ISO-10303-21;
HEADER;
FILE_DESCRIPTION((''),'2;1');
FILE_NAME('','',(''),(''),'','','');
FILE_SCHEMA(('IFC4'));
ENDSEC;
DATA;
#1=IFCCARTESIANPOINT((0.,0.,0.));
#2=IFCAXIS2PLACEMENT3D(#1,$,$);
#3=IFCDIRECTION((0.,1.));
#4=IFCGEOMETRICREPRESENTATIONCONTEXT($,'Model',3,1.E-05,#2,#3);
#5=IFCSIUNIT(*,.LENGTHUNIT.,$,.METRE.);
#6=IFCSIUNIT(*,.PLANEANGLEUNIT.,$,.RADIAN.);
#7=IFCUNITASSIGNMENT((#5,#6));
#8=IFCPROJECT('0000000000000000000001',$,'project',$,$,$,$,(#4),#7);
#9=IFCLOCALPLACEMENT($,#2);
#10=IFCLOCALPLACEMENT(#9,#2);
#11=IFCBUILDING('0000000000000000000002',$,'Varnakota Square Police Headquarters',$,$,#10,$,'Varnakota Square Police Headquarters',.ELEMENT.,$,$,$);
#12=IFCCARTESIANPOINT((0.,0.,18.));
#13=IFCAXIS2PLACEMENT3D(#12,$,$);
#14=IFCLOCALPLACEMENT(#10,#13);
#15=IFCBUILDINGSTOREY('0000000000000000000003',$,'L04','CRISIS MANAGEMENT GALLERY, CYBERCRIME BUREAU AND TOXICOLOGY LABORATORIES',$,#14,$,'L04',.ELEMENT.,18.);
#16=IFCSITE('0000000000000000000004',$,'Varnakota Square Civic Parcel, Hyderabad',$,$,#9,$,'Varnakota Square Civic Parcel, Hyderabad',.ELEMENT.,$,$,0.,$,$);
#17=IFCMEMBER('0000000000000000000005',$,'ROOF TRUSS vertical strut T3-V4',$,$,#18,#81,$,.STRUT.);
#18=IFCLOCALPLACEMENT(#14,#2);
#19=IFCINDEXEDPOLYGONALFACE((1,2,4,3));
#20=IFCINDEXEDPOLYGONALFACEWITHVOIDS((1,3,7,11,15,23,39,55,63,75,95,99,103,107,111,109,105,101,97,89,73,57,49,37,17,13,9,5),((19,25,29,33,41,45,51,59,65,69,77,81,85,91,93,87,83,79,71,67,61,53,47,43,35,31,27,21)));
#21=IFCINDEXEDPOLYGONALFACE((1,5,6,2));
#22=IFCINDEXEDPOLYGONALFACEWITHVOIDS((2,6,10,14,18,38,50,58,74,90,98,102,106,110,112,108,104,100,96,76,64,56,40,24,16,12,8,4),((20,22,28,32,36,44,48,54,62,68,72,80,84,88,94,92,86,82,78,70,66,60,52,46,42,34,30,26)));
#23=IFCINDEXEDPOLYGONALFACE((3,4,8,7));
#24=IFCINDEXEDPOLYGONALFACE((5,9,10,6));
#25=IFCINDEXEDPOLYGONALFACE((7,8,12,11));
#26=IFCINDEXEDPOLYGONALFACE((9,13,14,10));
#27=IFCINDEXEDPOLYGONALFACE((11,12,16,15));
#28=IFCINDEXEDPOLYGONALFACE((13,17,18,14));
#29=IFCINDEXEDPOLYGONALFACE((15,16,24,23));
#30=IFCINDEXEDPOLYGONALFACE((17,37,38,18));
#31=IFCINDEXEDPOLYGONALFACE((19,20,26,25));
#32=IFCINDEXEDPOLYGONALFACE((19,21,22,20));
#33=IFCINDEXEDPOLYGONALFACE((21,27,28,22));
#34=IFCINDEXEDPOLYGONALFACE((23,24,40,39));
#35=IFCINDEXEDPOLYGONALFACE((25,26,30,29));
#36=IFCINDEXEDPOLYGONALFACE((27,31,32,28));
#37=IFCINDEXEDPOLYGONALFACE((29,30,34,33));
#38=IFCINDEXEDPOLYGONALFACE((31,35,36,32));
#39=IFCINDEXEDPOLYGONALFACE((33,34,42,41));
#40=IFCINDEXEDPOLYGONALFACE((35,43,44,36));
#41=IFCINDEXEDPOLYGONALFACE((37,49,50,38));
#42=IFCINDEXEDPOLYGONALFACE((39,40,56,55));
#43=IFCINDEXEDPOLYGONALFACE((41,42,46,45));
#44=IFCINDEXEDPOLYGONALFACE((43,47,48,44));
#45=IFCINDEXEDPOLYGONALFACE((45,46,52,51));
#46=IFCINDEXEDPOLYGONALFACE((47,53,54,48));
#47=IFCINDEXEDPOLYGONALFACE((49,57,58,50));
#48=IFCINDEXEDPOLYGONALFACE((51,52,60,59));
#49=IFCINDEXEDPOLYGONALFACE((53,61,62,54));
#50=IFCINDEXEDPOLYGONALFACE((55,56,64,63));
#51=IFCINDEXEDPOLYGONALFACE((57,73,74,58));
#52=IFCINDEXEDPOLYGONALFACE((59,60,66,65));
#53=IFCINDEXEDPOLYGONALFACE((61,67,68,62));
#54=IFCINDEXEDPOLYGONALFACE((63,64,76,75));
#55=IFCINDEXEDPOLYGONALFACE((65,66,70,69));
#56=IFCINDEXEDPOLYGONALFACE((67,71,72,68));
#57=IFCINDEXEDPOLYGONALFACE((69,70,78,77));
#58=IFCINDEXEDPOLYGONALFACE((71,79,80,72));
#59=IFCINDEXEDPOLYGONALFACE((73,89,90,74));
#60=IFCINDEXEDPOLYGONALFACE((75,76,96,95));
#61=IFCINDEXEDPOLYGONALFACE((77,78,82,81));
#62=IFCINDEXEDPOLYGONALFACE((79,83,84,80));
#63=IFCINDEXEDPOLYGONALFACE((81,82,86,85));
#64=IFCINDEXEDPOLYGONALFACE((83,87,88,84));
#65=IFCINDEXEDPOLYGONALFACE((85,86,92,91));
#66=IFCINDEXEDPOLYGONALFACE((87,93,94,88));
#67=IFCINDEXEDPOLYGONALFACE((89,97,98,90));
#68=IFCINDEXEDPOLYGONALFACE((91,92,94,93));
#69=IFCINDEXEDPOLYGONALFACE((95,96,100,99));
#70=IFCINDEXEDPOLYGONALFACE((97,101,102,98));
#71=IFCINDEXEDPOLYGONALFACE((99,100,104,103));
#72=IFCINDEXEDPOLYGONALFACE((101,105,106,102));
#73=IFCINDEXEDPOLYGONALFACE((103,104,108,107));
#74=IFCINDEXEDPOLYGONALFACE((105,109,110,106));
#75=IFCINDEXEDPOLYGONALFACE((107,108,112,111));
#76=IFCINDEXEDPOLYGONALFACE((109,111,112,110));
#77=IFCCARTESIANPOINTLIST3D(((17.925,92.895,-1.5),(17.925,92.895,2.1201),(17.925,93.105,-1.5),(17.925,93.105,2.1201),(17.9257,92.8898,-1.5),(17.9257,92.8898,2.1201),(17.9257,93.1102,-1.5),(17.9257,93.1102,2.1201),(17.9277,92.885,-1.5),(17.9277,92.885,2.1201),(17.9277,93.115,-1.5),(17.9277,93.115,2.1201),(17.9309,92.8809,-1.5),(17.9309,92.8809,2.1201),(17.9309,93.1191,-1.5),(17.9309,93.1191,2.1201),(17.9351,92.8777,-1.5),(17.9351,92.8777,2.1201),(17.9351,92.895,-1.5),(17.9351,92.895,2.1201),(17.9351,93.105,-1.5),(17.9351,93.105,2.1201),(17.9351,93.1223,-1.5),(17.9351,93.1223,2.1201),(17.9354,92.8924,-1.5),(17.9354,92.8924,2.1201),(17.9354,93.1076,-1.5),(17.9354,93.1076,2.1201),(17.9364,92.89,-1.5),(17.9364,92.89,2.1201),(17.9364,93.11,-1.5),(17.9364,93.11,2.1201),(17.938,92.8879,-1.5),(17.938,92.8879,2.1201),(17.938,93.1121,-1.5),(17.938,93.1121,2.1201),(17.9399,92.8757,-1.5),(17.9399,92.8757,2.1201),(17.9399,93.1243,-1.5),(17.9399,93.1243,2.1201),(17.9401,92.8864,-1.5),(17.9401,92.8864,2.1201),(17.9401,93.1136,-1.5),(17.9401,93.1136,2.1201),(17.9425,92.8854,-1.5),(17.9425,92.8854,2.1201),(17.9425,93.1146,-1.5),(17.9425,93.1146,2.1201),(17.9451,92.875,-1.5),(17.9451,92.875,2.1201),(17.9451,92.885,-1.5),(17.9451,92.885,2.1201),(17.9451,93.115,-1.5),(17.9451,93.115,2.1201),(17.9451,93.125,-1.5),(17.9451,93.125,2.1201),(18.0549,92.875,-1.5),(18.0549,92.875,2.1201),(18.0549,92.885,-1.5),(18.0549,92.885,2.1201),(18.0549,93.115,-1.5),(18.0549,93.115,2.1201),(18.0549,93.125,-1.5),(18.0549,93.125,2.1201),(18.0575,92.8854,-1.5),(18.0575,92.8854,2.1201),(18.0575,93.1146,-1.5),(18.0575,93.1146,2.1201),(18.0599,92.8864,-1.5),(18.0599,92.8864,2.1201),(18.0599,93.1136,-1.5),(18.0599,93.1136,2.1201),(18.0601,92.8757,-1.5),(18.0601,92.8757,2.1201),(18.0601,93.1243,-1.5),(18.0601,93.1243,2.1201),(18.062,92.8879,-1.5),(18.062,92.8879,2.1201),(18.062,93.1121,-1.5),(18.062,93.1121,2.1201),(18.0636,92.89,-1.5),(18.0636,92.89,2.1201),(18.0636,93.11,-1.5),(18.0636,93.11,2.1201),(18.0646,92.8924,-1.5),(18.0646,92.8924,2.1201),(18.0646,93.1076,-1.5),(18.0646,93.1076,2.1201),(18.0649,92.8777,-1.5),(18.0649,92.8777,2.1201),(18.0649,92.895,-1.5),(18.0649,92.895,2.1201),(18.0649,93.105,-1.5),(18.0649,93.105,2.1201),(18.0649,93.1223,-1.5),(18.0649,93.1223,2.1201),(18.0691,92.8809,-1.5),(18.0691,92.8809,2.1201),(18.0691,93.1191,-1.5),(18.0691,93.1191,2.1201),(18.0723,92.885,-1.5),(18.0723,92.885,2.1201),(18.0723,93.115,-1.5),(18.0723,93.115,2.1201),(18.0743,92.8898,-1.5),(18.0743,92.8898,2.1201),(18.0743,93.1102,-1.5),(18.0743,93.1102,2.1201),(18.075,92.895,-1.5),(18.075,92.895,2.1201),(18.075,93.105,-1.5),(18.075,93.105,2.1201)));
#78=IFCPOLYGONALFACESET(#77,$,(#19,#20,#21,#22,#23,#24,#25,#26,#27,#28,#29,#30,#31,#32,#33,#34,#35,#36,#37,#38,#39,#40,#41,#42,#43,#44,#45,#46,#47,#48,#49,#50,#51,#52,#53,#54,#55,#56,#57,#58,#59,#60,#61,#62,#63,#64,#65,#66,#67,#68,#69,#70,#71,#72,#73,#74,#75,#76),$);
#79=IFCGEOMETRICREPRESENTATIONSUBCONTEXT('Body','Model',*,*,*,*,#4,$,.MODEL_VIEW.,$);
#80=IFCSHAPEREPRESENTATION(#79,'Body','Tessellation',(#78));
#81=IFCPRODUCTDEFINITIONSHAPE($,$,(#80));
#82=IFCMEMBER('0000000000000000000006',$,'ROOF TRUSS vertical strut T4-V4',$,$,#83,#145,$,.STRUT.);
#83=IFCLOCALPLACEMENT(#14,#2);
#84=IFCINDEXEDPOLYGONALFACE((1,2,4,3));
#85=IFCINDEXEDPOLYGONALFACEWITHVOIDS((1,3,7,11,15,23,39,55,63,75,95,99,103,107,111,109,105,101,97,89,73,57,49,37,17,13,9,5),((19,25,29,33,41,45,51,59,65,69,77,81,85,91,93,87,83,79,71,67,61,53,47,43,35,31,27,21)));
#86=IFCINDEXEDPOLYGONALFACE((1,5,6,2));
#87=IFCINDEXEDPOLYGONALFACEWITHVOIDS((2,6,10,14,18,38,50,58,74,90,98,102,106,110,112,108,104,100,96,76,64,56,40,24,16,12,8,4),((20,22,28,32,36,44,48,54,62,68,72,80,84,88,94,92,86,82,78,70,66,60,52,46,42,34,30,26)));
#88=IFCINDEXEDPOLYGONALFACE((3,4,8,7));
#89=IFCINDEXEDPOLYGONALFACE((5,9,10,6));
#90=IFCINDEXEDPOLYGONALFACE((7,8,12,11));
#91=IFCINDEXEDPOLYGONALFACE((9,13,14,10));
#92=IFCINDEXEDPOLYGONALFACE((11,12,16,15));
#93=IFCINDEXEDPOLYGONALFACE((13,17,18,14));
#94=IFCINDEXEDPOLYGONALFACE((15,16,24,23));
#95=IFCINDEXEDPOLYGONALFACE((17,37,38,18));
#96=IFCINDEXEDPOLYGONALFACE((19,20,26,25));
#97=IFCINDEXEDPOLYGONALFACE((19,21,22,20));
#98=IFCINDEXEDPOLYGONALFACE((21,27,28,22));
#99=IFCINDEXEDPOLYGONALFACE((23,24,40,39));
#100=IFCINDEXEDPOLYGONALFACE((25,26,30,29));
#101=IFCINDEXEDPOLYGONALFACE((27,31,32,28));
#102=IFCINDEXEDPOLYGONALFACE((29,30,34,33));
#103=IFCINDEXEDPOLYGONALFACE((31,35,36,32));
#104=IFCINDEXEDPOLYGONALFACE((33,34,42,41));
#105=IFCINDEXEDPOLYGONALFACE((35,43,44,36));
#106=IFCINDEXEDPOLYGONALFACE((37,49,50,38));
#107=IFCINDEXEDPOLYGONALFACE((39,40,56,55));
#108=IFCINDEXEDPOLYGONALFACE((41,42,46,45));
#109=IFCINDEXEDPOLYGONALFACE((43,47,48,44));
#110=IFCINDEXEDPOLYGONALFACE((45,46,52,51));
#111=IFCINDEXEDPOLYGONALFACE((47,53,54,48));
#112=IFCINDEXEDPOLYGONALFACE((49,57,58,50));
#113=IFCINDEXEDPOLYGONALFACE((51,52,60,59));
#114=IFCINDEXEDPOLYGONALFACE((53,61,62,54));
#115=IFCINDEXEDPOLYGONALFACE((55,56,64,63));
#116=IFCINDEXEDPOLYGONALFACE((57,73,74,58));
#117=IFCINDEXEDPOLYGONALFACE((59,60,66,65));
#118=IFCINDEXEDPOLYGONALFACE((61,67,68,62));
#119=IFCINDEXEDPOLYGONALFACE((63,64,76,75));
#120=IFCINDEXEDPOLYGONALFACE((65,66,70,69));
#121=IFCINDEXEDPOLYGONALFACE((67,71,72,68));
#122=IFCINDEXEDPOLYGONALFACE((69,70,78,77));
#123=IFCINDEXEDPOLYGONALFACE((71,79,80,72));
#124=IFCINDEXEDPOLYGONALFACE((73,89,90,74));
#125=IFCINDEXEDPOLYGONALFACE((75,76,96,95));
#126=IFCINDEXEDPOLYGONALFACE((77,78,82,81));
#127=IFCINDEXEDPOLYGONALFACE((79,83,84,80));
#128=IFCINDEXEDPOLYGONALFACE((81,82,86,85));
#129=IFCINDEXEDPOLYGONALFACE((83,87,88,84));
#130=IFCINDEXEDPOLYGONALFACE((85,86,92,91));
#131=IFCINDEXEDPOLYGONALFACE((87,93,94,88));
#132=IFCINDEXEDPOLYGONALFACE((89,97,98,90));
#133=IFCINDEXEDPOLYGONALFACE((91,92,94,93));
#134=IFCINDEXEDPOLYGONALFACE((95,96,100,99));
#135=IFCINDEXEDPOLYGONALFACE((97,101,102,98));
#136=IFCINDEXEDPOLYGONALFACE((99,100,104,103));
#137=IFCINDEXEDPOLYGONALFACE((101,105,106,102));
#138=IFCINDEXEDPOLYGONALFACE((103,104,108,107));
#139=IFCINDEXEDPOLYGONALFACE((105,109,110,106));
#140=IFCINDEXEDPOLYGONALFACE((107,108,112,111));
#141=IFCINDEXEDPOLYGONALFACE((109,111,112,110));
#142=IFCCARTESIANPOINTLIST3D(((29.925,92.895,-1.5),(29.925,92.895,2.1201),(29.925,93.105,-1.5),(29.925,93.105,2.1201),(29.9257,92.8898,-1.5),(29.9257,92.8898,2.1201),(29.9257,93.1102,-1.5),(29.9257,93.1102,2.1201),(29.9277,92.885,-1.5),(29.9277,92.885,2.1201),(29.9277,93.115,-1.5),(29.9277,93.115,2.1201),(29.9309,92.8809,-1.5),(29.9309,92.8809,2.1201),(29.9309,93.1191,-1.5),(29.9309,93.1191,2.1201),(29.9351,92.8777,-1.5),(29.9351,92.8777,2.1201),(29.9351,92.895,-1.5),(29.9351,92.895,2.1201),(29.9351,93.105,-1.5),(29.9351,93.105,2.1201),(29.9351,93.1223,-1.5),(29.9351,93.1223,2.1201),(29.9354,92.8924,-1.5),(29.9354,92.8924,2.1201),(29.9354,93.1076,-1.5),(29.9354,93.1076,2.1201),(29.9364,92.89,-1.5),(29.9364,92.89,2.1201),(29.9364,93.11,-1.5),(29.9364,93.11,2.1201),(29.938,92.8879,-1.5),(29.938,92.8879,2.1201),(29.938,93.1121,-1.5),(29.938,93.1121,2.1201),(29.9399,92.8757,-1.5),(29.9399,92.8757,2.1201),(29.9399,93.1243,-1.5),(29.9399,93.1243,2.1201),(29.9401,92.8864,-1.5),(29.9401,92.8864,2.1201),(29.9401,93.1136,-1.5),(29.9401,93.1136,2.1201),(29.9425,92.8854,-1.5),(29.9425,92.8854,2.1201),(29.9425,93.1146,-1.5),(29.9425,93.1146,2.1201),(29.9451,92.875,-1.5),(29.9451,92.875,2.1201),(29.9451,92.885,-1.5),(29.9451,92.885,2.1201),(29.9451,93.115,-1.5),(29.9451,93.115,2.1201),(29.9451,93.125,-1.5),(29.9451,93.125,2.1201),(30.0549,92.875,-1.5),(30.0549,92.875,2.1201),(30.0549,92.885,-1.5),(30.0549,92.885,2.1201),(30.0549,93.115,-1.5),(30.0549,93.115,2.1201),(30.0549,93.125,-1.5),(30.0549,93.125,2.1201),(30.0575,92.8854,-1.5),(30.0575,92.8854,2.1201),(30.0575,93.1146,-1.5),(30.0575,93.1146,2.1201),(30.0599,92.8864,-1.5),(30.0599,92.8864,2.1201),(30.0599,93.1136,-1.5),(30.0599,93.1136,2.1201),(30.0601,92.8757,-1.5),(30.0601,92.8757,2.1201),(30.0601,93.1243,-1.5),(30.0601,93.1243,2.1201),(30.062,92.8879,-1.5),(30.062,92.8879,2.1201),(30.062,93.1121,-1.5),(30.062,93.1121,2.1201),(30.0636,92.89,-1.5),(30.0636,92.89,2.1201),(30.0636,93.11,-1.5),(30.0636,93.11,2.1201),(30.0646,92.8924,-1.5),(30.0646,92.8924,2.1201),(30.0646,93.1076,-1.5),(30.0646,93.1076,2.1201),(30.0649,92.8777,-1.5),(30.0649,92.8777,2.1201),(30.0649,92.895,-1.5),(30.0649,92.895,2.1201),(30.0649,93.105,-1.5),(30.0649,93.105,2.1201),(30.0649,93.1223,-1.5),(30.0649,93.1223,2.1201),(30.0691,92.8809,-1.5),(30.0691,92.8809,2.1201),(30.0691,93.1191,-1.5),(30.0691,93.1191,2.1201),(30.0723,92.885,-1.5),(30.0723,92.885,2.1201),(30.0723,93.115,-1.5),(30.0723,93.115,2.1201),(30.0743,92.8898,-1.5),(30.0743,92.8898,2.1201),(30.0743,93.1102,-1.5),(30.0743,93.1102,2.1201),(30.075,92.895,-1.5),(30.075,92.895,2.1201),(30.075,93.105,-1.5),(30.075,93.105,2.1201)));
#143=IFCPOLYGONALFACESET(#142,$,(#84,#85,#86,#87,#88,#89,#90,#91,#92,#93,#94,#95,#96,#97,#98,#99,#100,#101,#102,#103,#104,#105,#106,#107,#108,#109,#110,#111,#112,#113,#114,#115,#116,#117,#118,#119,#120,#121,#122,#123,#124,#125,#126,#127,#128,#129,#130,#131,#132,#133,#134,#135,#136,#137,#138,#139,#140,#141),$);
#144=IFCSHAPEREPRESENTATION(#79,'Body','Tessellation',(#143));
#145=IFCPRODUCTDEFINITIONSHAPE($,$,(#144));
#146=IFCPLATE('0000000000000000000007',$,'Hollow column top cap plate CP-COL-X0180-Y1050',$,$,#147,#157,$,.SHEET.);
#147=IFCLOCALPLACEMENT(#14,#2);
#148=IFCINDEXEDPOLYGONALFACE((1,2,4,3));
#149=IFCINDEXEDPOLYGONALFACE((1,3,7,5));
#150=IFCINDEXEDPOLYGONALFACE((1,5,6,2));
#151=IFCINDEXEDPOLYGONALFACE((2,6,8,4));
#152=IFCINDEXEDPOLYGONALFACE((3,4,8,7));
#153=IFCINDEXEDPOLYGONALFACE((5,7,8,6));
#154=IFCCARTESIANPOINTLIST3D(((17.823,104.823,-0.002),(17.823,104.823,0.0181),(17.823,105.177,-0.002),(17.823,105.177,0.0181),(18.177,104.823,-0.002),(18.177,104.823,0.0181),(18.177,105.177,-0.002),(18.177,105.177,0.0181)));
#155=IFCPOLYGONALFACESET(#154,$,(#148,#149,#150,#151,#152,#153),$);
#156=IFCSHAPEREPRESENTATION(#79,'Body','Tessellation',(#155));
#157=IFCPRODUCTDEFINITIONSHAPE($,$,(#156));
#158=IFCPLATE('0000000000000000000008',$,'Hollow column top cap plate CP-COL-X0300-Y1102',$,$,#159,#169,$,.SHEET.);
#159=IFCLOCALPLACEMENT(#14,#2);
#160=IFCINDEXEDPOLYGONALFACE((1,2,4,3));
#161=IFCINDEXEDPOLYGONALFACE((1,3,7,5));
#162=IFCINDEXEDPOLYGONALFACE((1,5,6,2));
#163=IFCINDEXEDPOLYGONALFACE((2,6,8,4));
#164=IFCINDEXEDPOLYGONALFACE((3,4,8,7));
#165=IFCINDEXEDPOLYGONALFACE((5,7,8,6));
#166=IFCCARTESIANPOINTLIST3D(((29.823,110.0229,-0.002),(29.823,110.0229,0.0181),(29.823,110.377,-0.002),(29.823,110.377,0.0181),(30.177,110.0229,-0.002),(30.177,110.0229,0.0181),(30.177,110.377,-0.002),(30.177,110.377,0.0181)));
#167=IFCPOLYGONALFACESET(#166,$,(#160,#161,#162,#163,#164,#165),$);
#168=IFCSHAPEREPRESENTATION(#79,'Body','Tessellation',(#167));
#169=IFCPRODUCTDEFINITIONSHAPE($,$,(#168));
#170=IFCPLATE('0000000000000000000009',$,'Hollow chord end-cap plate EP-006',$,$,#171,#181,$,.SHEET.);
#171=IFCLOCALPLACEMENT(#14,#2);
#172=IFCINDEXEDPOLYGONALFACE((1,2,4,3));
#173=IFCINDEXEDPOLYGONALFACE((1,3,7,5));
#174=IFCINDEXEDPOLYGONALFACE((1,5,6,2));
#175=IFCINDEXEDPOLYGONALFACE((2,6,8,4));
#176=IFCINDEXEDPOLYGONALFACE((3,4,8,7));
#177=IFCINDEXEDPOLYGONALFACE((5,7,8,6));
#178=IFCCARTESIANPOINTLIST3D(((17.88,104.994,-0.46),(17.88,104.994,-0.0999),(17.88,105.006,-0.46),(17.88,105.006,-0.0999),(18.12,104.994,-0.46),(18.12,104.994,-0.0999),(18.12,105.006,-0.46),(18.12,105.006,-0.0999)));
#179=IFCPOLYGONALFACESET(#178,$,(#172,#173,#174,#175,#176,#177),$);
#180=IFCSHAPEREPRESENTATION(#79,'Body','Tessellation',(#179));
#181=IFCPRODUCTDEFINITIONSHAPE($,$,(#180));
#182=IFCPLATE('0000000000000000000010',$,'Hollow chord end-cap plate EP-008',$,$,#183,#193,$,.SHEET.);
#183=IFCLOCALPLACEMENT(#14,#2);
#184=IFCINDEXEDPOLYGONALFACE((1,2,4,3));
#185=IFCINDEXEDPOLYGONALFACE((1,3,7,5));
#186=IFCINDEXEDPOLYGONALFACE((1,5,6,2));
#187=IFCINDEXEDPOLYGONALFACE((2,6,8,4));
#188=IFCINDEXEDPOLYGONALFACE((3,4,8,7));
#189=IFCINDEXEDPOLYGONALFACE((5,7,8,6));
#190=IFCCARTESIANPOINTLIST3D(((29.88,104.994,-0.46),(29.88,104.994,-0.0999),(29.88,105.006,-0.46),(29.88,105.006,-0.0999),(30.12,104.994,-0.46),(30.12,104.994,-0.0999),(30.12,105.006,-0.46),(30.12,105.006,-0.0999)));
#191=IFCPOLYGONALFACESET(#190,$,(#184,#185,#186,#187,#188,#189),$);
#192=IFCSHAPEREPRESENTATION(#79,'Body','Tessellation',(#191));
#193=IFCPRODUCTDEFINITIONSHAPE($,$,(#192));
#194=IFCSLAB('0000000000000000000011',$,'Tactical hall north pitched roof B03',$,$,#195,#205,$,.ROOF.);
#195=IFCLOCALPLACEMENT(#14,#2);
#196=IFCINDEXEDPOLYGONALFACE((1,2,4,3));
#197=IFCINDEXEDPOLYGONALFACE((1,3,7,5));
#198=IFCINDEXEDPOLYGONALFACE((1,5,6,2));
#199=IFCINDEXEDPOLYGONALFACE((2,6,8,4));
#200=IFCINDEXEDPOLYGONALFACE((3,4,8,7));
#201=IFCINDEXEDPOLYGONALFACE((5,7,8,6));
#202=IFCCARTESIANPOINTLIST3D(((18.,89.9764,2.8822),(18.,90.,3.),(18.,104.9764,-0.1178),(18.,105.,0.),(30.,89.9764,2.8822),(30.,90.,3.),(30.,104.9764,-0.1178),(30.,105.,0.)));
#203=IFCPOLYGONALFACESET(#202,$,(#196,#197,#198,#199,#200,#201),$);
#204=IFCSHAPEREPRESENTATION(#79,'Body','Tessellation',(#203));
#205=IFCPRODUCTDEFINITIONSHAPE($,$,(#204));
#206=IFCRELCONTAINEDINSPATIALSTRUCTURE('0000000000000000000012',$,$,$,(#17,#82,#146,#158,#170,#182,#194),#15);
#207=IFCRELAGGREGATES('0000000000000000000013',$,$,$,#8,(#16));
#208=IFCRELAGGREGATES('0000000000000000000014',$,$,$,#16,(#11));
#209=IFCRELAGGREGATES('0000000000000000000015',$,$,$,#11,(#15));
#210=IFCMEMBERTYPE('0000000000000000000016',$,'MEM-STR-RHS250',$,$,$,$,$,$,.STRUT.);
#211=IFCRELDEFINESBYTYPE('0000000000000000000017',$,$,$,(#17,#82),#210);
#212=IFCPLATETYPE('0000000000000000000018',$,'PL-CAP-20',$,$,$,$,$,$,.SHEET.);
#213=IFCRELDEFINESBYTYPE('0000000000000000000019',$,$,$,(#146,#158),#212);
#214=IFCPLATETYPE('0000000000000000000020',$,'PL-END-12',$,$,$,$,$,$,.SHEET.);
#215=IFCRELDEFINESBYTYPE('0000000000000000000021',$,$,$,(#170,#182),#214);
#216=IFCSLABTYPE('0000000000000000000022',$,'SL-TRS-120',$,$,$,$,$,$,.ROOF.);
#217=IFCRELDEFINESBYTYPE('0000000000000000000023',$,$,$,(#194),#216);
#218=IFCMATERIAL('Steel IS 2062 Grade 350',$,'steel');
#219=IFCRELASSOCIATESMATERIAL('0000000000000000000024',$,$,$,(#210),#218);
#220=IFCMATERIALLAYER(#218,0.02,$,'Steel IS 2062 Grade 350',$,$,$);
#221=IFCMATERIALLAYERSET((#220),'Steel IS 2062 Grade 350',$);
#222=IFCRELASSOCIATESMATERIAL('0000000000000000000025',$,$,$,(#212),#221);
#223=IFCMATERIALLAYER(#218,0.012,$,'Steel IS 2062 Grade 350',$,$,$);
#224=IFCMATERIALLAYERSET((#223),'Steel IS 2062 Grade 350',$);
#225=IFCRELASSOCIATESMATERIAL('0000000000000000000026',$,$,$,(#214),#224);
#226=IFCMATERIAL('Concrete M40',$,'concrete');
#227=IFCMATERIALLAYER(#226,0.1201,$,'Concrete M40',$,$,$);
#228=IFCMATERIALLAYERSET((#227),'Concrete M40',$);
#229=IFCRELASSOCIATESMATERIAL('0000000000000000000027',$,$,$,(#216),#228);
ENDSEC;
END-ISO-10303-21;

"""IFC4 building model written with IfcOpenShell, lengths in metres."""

from ifc_helpers import new_model, si_unit, direction, frame, origin, origin_2d, place, context, subcontext, project, spatial, polyline, rectangle, hollow_rectangle, outline, extrude, material, layer, layer_set, material_profile, profile_set, type_object, element, save


model = new_model("IFC4")

# Units and contexts
model_context = context("Model", 3, precision=1e-05, world=origin(), true_north=direction((0.0, 1.0)))
body_context = subcontext(model_context, "Body", "Model", "MODEL_VIEW")
ifc_project = project(units=[si_unit("LENGTHUNIT", "METRE"), si_unit("PLANEANGLEUNIT", "RADIAN")], contexts=[model_context])

# Site, building, storey
site_placement = place(None, origin())
site = spatial("IfcSite", under=ifc_project, at=site_placement, Name="Varnakota Square Civic Parcel, Hyderabad", LongName="Varnakota Square Civic Parcel, Hyderabad", CompositionType="ELEMENT", RefElevation=0.0)
building_placement = place(site_placement, origin())
building = spatial("IfcBuilding", under=site, at=building_placement, Name="Varnakota Square Police Headquarters", LongName="Varnakota Square Police Headquarters", CompositionType="ELEMENT")
storey_placement = place(building_placement, frame((0.0, 0.0, 18.0)))
storey = spatial("IfcBuildingStorey", under=building, at=storey_placement, Name="L04", Description="CRISIS MANAGEMENT GALLERY, CYBERCRIME BUREAU AND TOXICOLOGY LABORATORIES", LongName="L04", CompositionType="ELEMENT", Elevation=18.0)

# Shared definitions
ifc_material_1 = material(Name="Steel IS 2062 Grade 350", Category="steel")

# Members
ifc_material_profile_1 = material_profile(ifc_material_1, hollow_rectangle(XDim=0.1499, YDim=0.25, WallThickness=0.01, InnerFilletRadius=0.01, OuterFilletRadius=0.02, at=origin_2d()), Name="RHS 250x150x10")
ifc_profile_set_1 = profile_set([ifc_material_profile_1], Name="Steel IS 2062 Grade 350")
member_type_1 = type_object("IfcMemberType", Name="MEM-STR-RHS250", PredefinedType="STRUT", material=ifc_profile_set_1)
for number, where, z_axis, x_axis, name in (
    (1, (18.0, 93.0, -1.5), (0.0, 0.0, 1.0), (1.0, 0.0, 0.0), "ROOF TRUSS vertical strut T3-V4"),
    (2, (30.0, 93.0, -1.5), (0.0, 0.0, 1.0), (1.0, 0.0, 0.0), "ROOF TRUSS vertical strut T4-V4"),
):
    element("IfcMember", number, at=place(storey_placement, frame(where, z_axis=z_axis, x_axis=x_axis)), inside=storey, type_object=member_type_1, Name=name, PredefinedType="STRUT", context=body_context, shape_type="SweptSolid", body=[
        extrude(hollow_rectangle(XDim=0.1499, YDim=0.25, WallThickness=0.01, InnerFilletRadius=0.01, OuterFilletRadius=0.02, at=origin_2d()), origin(), (0.0, 0.0, 1.0), 3.6201),
    ])

# Plates
ifc_layer_1 = layer(ifc_material_1, 0.02, Name="Steel IS 2062 Grade 350")
ifc_layer_set_1 = layer_set([ifc_layer_1], Name="Steel IS 2062 Grade 350")
plate_type_1 = type_object("IfcPlateType", Name="PL-CAP-20", PredefinedType="SHEET", material=ifc_layer_set_1)
for number, where, z_axis, x_axis, name in (
    (3, (18.0, 105.0, -0.002), (0.0, 0.0, 1.0), (1.0, 0.0, 0.0), "Hollow column top cap plate CP-COL-X0180-Y1050"),
    (4, (30.0, 110.2, -0.002), (0.0, 0.0, 1.0), (1.0, 0.0, 0.0), "Hollow column top cap plate CP-COL-X0300-Y1102"),
):
    element("IfcPlate", number, at=place(storey_placement, frame(where, z_axis=z_axis, x_axis=x_axis)), inside=storey, type_object=plate_type_1, Name=name, PredefinedType="SHEET", context=body_context, shape_type="SweptSolid", body=[
        extrude(rectangle(XDim=0.354, YDim=0.354, at=origin_2d()), origin(), (0.0, 0.0, 1.0), 0.02),
    ])
ifc_layer_2 = layer(ifc_material_1, 0.012, Name="Steel IS 2062 Grade 350")
ifc_layer_set_2 = layer_set([ifc_layer_2], Name="Steel IS 2062 Grade 350")
plate_type_2 = type_object("IfcPlateType", Name="PL-END-12", PredefinedType="SHEET", material=ifc_layer_set_2)
for number, where, z_axis, x_axis, name in (
    (5, (18.0, 105.0, -0.46), (0.0, 0.0, 1.0), (1.0, 0.0, 0.0), "Hollow chord end-cap plate EP-006"),
    (6, (30.0, 105.0, -0.46), (0.0, 0.0, 1.0), (1.0, 0.0, 0.0), "Hollow chord end-cap plate EP-008"),
):
    element("IfcPlate", number, at=place(storey_placement, frame(where, z_axis=z_axis, x_axis=x_axis)), inside=storey, type_object=plate_type_2, Name=name, PredefinedType="SHEET", context=body_context, shape_type="SweptSolid", body=[
        extrude(rectangle(XDim=0.24, YDim=0.012, at=origin_2d()), origin(), (0.0, 0.0, 1.0), 0.3601),
    ])

# Slab
ifc_material_2 = material(Name="Concrete M40", Category="concrete")
ifc_layer_3 = layer(ifc_material_2, 0.1201, Name="Concrete M40")
ifc_layer_set_3 = layer_set([ifc_layer_3], Name="Concrete M40")
slab_type = type_object("IfcSlabType", Name="SL-TRS-120", PredefinedType="ROOF", material=ifc_layer_set_3)
slab_1_placement = place(storey_placement, frame((18.0, 90.0, 3.0), z_axis=(0.0, 0.196116, 0.980581), x_axis=(1.0, 0.0, 0.0)))
element("IfcSlab", 7, at=slab_1_placement, inside=storey, type_object=slab_type, Name="Tactical hall north pitched roof B03", PredefinedType="ROOF", context=body_context, shape_type="SweptSolid", body=[
    extrude(outline(polyline([(0.0, 0.0), (12.0, 0.0), (12.0, 15.2971), (0.0, 15.2971), (0.0, 0.0)])), origin(), (0.0, 0.0, -1.0), 0.1201),
])

save(model, "model.ifc")
